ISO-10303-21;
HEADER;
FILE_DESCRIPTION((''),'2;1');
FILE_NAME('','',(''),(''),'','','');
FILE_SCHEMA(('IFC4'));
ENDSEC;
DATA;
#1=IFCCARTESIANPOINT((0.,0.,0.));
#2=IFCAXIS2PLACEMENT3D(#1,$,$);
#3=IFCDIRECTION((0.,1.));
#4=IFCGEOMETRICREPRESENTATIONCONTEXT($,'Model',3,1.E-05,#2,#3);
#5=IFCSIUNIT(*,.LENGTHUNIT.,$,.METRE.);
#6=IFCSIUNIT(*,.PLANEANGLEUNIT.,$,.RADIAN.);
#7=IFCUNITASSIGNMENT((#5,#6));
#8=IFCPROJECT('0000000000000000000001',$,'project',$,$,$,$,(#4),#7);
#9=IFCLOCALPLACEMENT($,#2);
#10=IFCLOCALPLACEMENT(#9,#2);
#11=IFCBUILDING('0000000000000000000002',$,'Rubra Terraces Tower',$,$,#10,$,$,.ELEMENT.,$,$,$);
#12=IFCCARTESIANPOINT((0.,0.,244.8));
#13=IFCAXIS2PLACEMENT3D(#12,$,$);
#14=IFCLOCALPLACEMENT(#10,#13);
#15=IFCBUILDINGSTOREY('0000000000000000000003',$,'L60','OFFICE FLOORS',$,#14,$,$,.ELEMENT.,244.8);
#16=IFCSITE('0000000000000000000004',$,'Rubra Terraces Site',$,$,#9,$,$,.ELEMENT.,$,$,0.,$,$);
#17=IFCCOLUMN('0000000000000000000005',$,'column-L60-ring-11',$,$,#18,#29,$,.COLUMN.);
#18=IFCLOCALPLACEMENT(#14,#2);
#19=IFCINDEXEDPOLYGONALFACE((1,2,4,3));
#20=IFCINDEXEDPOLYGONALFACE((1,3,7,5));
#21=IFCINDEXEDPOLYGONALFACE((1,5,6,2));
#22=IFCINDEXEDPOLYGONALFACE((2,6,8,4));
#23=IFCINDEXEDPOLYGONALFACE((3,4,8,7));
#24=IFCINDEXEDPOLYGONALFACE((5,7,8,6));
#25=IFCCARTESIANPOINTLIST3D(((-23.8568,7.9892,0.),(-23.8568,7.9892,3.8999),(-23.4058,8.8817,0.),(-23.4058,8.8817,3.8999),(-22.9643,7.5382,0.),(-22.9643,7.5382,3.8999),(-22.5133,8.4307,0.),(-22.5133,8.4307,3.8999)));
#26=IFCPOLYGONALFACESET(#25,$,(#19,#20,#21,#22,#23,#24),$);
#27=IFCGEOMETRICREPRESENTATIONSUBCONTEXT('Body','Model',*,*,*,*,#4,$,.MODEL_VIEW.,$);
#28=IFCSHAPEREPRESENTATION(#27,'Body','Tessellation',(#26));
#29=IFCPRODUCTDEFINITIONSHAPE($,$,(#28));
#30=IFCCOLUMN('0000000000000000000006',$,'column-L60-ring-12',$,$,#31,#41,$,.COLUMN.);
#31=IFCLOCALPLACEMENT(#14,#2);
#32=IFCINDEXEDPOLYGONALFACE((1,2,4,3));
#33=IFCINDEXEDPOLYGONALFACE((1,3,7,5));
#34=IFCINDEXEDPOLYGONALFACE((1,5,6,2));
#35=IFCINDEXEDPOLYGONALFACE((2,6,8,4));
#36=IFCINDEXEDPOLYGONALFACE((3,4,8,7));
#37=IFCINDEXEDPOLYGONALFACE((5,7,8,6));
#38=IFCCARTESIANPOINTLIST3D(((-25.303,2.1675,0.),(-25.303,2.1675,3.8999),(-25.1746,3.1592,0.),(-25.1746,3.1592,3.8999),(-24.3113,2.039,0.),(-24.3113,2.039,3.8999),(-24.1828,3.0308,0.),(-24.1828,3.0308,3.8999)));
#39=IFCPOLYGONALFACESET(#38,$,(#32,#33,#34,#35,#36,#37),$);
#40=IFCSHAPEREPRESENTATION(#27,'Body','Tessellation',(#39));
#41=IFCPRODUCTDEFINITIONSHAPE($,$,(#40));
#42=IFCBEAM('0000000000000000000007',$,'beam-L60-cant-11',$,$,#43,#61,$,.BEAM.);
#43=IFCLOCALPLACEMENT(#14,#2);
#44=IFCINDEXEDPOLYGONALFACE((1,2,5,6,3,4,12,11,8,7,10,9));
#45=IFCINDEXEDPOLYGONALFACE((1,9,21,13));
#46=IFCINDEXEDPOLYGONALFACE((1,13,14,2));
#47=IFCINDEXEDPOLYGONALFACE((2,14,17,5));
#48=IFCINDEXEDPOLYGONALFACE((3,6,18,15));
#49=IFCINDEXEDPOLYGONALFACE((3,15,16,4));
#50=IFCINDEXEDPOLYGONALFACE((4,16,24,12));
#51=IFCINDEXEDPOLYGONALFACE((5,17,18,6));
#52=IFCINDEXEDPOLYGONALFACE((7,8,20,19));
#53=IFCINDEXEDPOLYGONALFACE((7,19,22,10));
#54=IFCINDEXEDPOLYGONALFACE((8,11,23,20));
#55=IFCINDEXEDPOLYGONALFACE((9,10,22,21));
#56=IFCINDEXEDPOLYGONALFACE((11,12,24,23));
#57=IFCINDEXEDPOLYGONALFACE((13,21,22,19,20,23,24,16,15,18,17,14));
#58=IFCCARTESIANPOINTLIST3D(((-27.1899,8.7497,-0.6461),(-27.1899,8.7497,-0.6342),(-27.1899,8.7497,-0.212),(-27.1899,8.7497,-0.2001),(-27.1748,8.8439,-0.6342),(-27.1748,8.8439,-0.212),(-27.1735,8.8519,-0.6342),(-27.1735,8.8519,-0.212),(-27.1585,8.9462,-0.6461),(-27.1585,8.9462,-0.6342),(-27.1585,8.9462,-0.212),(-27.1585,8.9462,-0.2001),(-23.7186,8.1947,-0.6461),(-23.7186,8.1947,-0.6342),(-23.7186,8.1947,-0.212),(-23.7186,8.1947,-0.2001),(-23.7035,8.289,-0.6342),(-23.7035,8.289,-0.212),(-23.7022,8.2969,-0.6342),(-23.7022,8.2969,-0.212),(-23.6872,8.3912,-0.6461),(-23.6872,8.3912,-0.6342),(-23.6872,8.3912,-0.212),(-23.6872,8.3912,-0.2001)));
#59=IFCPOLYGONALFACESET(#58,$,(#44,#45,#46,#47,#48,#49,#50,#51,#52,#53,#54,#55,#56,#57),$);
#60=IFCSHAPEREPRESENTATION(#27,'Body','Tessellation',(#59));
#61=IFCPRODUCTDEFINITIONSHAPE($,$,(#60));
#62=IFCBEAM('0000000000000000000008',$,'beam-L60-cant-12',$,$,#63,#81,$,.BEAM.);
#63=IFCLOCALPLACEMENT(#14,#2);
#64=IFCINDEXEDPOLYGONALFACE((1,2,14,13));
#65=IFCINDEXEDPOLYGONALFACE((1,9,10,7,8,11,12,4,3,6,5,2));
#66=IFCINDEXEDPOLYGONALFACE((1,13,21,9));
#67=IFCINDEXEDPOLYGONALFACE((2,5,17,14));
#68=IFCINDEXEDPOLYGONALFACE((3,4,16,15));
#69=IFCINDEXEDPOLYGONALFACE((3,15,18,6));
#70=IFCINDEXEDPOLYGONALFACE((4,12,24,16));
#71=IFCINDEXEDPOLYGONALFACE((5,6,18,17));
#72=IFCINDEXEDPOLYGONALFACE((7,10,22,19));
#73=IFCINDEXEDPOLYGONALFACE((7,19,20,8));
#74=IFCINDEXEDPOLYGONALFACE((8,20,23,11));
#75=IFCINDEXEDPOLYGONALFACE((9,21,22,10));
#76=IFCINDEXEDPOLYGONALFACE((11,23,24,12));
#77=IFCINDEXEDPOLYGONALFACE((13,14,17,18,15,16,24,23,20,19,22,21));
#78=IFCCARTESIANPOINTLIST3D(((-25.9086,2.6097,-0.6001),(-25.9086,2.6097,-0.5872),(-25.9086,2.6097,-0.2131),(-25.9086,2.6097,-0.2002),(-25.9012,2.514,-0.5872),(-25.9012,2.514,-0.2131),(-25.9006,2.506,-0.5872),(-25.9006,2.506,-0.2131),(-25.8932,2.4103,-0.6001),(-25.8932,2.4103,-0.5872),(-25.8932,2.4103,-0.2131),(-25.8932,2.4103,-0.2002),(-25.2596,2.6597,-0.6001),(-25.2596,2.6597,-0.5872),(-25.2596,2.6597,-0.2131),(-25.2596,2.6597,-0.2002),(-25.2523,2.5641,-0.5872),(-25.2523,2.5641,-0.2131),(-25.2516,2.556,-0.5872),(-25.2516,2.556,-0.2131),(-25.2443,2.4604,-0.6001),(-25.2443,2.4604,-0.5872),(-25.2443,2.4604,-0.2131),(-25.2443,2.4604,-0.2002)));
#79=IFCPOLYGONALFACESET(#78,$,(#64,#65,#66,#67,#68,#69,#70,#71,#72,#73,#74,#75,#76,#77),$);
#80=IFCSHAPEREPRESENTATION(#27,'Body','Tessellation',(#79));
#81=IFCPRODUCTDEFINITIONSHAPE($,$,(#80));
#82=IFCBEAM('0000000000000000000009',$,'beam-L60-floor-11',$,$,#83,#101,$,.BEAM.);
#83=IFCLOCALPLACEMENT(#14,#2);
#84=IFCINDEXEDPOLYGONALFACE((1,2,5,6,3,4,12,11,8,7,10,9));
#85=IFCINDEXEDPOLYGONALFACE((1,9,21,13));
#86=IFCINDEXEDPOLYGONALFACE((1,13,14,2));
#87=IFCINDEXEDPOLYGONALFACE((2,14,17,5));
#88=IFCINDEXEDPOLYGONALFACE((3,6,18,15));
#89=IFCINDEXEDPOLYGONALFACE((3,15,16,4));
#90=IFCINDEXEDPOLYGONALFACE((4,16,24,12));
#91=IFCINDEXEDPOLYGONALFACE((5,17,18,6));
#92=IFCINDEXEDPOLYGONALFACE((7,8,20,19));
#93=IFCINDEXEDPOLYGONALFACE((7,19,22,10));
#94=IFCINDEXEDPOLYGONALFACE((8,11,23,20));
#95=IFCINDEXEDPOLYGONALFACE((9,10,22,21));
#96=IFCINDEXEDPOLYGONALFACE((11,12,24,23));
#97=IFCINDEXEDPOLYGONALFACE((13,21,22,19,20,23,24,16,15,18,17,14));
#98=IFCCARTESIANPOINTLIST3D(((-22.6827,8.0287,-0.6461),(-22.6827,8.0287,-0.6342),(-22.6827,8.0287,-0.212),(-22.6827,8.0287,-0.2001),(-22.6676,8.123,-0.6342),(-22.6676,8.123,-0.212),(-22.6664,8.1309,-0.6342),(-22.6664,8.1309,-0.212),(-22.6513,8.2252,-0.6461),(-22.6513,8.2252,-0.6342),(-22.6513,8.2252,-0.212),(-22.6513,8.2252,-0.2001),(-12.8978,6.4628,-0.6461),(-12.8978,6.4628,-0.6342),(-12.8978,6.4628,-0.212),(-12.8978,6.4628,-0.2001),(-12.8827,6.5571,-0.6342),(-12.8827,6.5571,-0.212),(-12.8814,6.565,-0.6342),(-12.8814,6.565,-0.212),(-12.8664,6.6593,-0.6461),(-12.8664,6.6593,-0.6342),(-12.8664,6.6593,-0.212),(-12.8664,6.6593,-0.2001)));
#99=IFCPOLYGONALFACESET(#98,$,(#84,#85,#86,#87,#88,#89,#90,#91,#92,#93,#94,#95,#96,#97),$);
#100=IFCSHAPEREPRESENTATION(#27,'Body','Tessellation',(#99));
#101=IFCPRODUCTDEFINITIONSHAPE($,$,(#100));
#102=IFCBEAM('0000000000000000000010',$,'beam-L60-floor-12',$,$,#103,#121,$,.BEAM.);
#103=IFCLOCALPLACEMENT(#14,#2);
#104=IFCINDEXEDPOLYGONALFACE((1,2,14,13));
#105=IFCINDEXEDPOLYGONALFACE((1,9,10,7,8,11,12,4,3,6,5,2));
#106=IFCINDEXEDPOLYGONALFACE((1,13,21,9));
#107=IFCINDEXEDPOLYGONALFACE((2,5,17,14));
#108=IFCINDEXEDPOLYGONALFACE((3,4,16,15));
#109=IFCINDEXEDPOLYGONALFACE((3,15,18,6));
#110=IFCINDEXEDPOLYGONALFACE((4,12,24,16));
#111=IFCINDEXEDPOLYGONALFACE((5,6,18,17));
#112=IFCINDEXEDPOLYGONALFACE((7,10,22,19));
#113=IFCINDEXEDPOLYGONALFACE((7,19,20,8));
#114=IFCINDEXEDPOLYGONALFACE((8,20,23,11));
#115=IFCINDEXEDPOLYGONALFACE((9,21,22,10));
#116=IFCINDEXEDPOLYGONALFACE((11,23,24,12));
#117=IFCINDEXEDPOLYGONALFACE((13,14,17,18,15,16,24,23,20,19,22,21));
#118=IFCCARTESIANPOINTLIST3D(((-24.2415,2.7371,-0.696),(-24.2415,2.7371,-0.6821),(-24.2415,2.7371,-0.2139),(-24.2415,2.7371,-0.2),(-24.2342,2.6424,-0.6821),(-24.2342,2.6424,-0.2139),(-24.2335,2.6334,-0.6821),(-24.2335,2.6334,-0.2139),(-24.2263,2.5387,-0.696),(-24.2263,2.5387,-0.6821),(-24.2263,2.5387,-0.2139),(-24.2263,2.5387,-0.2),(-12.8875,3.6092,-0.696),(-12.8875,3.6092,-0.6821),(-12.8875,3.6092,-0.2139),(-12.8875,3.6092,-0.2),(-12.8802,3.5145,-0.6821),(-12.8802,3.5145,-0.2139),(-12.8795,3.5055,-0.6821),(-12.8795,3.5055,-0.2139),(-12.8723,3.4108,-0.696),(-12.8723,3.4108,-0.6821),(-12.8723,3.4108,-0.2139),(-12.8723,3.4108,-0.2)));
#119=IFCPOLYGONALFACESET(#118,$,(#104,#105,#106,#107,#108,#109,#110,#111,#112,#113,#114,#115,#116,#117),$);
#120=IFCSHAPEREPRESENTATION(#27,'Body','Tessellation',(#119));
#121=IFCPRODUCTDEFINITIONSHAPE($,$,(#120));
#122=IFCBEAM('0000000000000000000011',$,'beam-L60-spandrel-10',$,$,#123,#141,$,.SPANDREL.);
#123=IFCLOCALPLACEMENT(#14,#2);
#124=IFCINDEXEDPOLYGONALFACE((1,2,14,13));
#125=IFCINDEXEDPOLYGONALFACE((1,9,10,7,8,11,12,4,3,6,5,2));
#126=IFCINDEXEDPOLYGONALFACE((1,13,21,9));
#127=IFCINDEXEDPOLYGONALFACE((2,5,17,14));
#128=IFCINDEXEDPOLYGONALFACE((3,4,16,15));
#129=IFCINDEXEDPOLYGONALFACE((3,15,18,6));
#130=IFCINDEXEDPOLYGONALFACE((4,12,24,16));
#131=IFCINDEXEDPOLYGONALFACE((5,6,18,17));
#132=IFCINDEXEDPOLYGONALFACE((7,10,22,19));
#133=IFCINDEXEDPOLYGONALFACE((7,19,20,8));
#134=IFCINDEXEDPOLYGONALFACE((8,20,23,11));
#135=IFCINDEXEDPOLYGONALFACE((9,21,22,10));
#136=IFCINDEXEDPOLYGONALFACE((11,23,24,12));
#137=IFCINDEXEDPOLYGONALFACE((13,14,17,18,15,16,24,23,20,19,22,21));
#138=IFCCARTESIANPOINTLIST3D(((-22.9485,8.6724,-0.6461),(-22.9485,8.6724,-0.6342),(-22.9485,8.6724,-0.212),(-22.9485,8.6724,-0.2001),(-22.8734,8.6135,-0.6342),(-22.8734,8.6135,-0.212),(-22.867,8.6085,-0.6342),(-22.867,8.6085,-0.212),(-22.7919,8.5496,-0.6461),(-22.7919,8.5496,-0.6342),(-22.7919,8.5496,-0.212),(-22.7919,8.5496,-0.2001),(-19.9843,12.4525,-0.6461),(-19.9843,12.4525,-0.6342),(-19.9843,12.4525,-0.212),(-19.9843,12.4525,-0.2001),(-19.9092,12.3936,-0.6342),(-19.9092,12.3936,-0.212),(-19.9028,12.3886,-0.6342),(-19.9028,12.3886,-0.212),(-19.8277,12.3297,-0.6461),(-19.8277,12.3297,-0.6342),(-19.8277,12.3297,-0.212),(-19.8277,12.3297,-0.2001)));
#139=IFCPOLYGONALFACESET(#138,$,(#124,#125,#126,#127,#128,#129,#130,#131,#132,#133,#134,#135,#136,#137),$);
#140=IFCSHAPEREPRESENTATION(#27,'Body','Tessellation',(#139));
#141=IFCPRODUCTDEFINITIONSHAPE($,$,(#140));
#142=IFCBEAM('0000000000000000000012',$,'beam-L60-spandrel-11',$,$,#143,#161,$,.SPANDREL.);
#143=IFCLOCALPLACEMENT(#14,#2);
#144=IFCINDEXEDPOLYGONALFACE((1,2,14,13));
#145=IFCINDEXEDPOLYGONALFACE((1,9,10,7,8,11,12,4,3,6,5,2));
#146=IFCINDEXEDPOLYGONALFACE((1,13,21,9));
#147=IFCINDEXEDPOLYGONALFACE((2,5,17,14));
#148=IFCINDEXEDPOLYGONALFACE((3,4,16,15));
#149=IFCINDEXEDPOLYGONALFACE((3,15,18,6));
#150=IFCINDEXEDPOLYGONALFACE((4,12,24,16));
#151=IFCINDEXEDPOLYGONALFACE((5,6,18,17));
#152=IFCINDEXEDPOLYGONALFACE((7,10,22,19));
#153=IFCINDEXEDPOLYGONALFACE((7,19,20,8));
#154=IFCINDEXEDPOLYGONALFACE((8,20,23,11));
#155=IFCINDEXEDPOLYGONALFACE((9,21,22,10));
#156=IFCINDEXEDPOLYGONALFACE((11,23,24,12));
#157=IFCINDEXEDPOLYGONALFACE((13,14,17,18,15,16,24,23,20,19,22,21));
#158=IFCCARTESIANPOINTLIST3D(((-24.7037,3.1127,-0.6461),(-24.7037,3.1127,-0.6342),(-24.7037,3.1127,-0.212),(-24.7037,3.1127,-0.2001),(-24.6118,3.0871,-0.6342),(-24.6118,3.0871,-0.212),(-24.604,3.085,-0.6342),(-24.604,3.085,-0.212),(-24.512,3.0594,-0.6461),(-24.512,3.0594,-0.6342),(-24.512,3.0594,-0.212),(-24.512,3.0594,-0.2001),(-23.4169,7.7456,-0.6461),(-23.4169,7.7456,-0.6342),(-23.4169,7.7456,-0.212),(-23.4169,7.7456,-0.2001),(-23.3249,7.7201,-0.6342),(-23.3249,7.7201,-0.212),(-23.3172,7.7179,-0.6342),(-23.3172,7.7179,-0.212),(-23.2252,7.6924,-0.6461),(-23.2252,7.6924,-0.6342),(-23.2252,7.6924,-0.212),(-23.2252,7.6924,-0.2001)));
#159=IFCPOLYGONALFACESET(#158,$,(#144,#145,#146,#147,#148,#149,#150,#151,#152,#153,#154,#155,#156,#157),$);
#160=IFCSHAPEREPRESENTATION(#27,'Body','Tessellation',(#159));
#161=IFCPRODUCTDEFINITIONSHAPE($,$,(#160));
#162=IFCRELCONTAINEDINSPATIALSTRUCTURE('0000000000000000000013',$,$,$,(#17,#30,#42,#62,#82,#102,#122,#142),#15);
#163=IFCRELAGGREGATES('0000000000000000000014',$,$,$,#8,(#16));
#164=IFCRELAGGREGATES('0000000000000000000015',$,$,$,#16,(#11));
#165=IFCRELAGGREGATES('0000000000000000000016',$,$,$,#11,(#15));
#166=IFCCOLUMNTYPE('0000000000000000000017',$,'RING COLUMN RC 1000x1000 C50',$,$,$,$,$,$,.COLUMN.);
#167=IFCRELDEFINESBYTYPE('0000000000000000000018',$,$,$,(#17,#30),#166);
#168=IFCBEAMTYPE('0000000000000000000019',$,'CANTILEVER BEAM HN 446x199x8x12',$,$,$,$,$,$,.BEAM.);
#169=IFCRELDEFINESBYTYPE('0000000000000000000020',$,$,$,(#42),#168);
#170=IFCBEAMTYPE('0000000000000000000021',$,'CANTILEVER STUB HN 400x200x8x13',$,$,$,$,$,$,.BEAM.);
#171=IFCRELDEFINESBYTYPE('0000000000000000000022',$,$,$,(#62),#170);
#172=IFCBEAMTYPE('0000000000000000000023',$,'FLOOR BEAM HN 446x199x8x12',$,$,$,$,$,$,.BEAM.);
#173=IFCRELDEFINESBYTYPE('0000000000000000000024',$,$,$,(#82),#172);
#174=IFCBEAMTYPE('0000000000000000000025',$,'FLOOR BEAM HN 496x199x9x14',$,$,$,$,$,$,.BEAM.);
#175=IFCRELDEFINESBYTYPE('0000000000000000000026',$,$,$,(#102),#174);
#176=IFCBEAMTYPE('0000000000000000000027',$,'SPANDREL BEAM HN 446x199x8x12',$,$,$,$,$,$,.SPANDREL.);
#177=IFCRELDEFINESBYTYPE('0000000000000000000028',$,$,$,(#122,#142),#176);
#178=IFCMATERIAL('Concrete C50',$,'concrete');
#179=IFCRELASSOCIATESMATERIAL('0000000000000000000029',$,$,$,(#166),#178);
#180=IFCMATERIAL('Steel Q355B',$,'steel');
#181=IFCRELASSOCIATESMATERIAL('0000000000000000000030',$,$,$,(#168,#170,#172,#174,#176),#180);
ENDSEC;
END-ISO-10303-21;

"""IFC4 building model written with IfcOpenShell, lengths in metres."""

from ifc_helpers import new_model, si_unit, direction, frame, origin, origin_2d, place, context, subcontext, project, spatial, rectangle, i_section, extrude, material, material_profile, profile_set, type_object, element, save


model = new_model("IFC4")

# Units and contexts
model_context = context("Model", 3, precision=1e-05, world=origin(), true_north=direction((0.0, 1.0)))
body_context = subcontext(model_context, "Body", "Model", "MODEL_VIEW")
ifc_project = project(units=[si_unit("LENGTHUNIT", "METRE"), si_unit("PLANEANGLEUNIT", "RADIAN")], contexts=[model_context])

# Site, building, storey
site_placement = place(None, origin())
site = spatial("IfcSite", under=ifc_project, at=site_placement, Name="Rubra Terraces Site", CompositionType="ELEMENT", RefElevation=0.0)
building_placement = place(site_placement, origin())
building = spatial("IfcBuilding", under=site, at=building_placement, Name="Rubra Terraces Tower", CompositionType="ELEMENT")
storey_placement = place(building_placement, frame((0.0, 0.0, 244.8)))
storey = spatial("IfcBuildingStorey", under=building, at=storey_placement, Name="L60", Description="OFFICE FLOORS", CompositionType="ELEMENT", Elevation=244.8)

# Columns
ifc_material_1 = material(Name="Concrete C50", Category="concrete")
ifc_material_profile_1 = material_profile(ifc_material_1, rectangle(XDim=1.0, YDim=1.0, at=origin_2d()), Name="RC 1000x1000")
ifc_profile_set_1 = profile_set([ifc_material_profile_1], Name="Concrete C50")
column_type = type_object("IfcColumnType", Name="RING COLUMN RC 1000x1000 C50", PredefinedType="COLUMN", material=ifc_profile_set_1)
for number, where, z_axis, x_axis, name in (
    (1, (-23.1851, 8.21, 0.0), (0.0, 0.0, 1.0), (-0.451028, -0.89251, 0.0), "column-L60-ring-11"),
    (2, (-24.7429, 2.5991, 0.0), (0.0, 0.0, 1.0), (-0.128444, -0.991717, 0.0), "column-L60-ring-12"),
):
    element("IfcColumn", number, at=place(storey_placement, frame(where, z_axis=z_axis, x_axis=x_axis)), inside=storey, type_object=column_type, Name=name, PredefinedType="COLUMN", context=body_context, shape_type="SweptSolid", body=[
        extrude(rectangle(XDim=1.0, YDim=1.0, at=origin_2d()), origin(), (0.0, 0.0, 1.0), 3.8999),
    ])

# Beams
ifc_material_2 = material(Name="Steel Q355B", Category="steel")
ifc_material_profile_2 = material_profile(ifc_material_2, i_section(OverallWidth=0.199, OverallDepth=0.446, WebThickness=0.0081, FlangeThickness=0.012, at=origin_2d()), Name="HN 446x199x8x12")
ifc_profile_set_2 = profile_set([ifc_material_profile_2], Name="Steel Q355B")
beam_type_1 = type_object("IfcBeamType", Name="CANTILEVER BEAM HN 446x199x8x12", PredefinedType="BEAM", material=ifc_profile_set_2)
beam_1_placement = place(storey_placement, frame((-23.7029, 8.293, -0.4231), z_axis=(-0.987461, 0.157863, 0.0), x_axis=(-0.157863, -0.987461, 0.0)))
element("IfcBeam", 3, at=beam_1_placement, inside=storey, type_object=beam_type_1, Name="beam-L60-cant-11", PredefinedType="BEAM", context=body_context, shape_type="SweptSolid", body=[
    extrude(i_section(OverallWidth=0.199, OverallDepth=0.446, WebThickness=0.0081, FlangeThickness=0.012, at=origin_2d()), origin(), (0.0, 0.0, 1.0), 3.5154),
])
ifc_material_profile_3 = material_profile(ifc_material_2, i_section(OverallWidth=0.2, OverallDepth=0.3999, WebThickness=0.0081, FlangeThickness=0.0129, at=origin_2d()), Name="HN 400x200x8x13")
ifc_profile_set_3 = profile_set([ifc_material_profile_3], Name="Steel Q355B")
beam_type_2 = type_object("IfcBeamType", Name="CANTILEVER STUB HN 400x200x8x13", PredefinedType="BEAM", material=ifc_profile_set_3)
beam_2_placement = place(storey_placement, frame((-25.252, 2.5601, -0.4001), z_axis=(-0.997039, -0.076897, 0.0), x_axis=(0.076897, -0.997039, 0.0)))
element("IfcBeam", 4, at=beam_2_placement, inside=storey, type_object=beam_type_2, Name="beam-L60-cant-12", PredefinedType="BEAM", context=body_context, shape_type="SweptSolid", body=[
    extrude(i_section(OverallWidth=0.2, OverallDepth=0.3999, WebThickness=0.0081, FlangeThickness=0.0129, at=origin_2d()), origin(), (0.0, 0.0, 1.0), 0.6509),
])
ifc_material_profile_4 = material_profile(ifc_material_2, i_section(OverallWidth=0.199, OverallDepth=0.446, WebThickness=0.0081, FlangeThickness=0.012, at=origin_2d()), Name="HN 446x199x8x12")
ifc_profile_set_4 = profile_set([ifc_material_profile_4], Name="Steel Q355B")
beam_type_3 = type_object("IfcBeamType", Name="FLOOR BEAM HN 446x199x8x12", PredefinedType="BEAM", material=ifc_profile_set_4)
beam_3_placement = place(storey_placement, frame((-22.667, 8.127, -0.4231), z_axis=(0.987435, -0.158023, 0.0), x_axis=(0.158023, 0.987435, 0.0)))
element("IfcBeam", 5, at=beam_3_placement, inside=storey, type_object=beam_type_3, Name="beam-L60-floor-11", PredefinedType="BEAM", context=body_context, shape_type="SweptSolid", body=[
    extrude(i_section(OverallWidth=0.199, OverallDepth=0.446, WebThickness=0.0081, FlangeThickness=0.012, at=origin_2d()), origin(), (0.0, 0.0, 1.0), 9.9094),
])
ifc_material_profile_5 = material_profile(ifc_material_2, i_section(OverallWidth=0.199, OverallDepth=0.4961, WebThickness=0.009, FlangeThickness=0.0139, at=origin_2d()), Name="HN 496x199x9x14")
ifc_profile_set_5 = profile_set([ifc_material_profile_5], Name="Steel Q355B")
beam_type_4 = type_object("IfcBeamType", Name="FLOOR BEAM HN 496x199x9x14", PredefinedType="BEAM", material=ifc_profile_set_5)
beam_4_placement = place(storey_placement, frame((-24.2339, 2.6379, -0.448), z_axis=(0.997063, 0.076582, 0.0), x_axis=(-0.076582, 0.997063, 0.0)))
element("IfcBeam", 6, at=beam_4_placement, inside=storey, type_object=beam_type_4, Name="beam-L60-floor-12", PredefinedType="BEAM", context=body_context, shape_type="SweptSolid", body=[
    extrude(i_section(OverallWidth=0.199, OverallDepth=0.4961, WebThickness=0.009, FlangeThickness=0.0139, at=origin_2d()), origin(), (0.0, 0.0, 1.0), 11.3875),
])
ifc_material_profile_6 = material_profile(ifc_material_2, i_section(OverallWidth=0.199, OverallDepth=0.446, WebThickness=0.0081, FlangeThickness=0.012, at=origin_2d()), Name="HN 446x199x8x12")
ifc_profile_set_6 = profile_set([ifc_material_profile_6], Name="Steel Q355B")
beam_type_5 = type_object("IfcBeamType", Name="SPANDREL BEAM HN 446x199x8x12", PredefinedType="SPANDREL", material=ifc_profile_set_6)
beam_5_placement = place(storey_placement, frame((-19.906, 12.3911, -0.4231), z_axis=(-0.61706, -0.786916, 0.0), x_axis=(0.786916, -0.61706, 0.0)))
element("IfcBeam", 7, at=beam_5_placement, inside=storey, type_object=beam_type_5, Name="beam-L60-spandrel-10", PredefinedType="SPANDREL", context=body_context, shape_type="SweptSolid", body=[
    extrude(i_section(OverallWidth=0.199, OverallDepth=0.446, WebThickness=0.0081, FlangeThickness=0.012, at=origin_2d()), origin(), (0.0, 0.0, 1.0), 4.8037),
])
beam_6_placement = place(storey_placement, frame((-23.321, 7.719, -0.4231), z_axis=(-0.267626, -0.963523, 0.0), x_axis=(0.963523, -0.267626, 0.0)))
element("IfcBeam", 8, at=beam_6_placement, inside=storey, type_object=beam_type_5, Name="beam-L60-spandrel-11", PredefinedType="SPANDREL", context=body_context, shape_type="SweptSolid", body=[
    extrude(i_section(OverallWidth=0.199, OverallDepth=0.446, WebThickness=0.0081, FlangeThickness=0.012, at=origin_2d()), origin(), (0.0, 0.0, 1.0), 4.8083),
])

save(model, "model.ifc")
